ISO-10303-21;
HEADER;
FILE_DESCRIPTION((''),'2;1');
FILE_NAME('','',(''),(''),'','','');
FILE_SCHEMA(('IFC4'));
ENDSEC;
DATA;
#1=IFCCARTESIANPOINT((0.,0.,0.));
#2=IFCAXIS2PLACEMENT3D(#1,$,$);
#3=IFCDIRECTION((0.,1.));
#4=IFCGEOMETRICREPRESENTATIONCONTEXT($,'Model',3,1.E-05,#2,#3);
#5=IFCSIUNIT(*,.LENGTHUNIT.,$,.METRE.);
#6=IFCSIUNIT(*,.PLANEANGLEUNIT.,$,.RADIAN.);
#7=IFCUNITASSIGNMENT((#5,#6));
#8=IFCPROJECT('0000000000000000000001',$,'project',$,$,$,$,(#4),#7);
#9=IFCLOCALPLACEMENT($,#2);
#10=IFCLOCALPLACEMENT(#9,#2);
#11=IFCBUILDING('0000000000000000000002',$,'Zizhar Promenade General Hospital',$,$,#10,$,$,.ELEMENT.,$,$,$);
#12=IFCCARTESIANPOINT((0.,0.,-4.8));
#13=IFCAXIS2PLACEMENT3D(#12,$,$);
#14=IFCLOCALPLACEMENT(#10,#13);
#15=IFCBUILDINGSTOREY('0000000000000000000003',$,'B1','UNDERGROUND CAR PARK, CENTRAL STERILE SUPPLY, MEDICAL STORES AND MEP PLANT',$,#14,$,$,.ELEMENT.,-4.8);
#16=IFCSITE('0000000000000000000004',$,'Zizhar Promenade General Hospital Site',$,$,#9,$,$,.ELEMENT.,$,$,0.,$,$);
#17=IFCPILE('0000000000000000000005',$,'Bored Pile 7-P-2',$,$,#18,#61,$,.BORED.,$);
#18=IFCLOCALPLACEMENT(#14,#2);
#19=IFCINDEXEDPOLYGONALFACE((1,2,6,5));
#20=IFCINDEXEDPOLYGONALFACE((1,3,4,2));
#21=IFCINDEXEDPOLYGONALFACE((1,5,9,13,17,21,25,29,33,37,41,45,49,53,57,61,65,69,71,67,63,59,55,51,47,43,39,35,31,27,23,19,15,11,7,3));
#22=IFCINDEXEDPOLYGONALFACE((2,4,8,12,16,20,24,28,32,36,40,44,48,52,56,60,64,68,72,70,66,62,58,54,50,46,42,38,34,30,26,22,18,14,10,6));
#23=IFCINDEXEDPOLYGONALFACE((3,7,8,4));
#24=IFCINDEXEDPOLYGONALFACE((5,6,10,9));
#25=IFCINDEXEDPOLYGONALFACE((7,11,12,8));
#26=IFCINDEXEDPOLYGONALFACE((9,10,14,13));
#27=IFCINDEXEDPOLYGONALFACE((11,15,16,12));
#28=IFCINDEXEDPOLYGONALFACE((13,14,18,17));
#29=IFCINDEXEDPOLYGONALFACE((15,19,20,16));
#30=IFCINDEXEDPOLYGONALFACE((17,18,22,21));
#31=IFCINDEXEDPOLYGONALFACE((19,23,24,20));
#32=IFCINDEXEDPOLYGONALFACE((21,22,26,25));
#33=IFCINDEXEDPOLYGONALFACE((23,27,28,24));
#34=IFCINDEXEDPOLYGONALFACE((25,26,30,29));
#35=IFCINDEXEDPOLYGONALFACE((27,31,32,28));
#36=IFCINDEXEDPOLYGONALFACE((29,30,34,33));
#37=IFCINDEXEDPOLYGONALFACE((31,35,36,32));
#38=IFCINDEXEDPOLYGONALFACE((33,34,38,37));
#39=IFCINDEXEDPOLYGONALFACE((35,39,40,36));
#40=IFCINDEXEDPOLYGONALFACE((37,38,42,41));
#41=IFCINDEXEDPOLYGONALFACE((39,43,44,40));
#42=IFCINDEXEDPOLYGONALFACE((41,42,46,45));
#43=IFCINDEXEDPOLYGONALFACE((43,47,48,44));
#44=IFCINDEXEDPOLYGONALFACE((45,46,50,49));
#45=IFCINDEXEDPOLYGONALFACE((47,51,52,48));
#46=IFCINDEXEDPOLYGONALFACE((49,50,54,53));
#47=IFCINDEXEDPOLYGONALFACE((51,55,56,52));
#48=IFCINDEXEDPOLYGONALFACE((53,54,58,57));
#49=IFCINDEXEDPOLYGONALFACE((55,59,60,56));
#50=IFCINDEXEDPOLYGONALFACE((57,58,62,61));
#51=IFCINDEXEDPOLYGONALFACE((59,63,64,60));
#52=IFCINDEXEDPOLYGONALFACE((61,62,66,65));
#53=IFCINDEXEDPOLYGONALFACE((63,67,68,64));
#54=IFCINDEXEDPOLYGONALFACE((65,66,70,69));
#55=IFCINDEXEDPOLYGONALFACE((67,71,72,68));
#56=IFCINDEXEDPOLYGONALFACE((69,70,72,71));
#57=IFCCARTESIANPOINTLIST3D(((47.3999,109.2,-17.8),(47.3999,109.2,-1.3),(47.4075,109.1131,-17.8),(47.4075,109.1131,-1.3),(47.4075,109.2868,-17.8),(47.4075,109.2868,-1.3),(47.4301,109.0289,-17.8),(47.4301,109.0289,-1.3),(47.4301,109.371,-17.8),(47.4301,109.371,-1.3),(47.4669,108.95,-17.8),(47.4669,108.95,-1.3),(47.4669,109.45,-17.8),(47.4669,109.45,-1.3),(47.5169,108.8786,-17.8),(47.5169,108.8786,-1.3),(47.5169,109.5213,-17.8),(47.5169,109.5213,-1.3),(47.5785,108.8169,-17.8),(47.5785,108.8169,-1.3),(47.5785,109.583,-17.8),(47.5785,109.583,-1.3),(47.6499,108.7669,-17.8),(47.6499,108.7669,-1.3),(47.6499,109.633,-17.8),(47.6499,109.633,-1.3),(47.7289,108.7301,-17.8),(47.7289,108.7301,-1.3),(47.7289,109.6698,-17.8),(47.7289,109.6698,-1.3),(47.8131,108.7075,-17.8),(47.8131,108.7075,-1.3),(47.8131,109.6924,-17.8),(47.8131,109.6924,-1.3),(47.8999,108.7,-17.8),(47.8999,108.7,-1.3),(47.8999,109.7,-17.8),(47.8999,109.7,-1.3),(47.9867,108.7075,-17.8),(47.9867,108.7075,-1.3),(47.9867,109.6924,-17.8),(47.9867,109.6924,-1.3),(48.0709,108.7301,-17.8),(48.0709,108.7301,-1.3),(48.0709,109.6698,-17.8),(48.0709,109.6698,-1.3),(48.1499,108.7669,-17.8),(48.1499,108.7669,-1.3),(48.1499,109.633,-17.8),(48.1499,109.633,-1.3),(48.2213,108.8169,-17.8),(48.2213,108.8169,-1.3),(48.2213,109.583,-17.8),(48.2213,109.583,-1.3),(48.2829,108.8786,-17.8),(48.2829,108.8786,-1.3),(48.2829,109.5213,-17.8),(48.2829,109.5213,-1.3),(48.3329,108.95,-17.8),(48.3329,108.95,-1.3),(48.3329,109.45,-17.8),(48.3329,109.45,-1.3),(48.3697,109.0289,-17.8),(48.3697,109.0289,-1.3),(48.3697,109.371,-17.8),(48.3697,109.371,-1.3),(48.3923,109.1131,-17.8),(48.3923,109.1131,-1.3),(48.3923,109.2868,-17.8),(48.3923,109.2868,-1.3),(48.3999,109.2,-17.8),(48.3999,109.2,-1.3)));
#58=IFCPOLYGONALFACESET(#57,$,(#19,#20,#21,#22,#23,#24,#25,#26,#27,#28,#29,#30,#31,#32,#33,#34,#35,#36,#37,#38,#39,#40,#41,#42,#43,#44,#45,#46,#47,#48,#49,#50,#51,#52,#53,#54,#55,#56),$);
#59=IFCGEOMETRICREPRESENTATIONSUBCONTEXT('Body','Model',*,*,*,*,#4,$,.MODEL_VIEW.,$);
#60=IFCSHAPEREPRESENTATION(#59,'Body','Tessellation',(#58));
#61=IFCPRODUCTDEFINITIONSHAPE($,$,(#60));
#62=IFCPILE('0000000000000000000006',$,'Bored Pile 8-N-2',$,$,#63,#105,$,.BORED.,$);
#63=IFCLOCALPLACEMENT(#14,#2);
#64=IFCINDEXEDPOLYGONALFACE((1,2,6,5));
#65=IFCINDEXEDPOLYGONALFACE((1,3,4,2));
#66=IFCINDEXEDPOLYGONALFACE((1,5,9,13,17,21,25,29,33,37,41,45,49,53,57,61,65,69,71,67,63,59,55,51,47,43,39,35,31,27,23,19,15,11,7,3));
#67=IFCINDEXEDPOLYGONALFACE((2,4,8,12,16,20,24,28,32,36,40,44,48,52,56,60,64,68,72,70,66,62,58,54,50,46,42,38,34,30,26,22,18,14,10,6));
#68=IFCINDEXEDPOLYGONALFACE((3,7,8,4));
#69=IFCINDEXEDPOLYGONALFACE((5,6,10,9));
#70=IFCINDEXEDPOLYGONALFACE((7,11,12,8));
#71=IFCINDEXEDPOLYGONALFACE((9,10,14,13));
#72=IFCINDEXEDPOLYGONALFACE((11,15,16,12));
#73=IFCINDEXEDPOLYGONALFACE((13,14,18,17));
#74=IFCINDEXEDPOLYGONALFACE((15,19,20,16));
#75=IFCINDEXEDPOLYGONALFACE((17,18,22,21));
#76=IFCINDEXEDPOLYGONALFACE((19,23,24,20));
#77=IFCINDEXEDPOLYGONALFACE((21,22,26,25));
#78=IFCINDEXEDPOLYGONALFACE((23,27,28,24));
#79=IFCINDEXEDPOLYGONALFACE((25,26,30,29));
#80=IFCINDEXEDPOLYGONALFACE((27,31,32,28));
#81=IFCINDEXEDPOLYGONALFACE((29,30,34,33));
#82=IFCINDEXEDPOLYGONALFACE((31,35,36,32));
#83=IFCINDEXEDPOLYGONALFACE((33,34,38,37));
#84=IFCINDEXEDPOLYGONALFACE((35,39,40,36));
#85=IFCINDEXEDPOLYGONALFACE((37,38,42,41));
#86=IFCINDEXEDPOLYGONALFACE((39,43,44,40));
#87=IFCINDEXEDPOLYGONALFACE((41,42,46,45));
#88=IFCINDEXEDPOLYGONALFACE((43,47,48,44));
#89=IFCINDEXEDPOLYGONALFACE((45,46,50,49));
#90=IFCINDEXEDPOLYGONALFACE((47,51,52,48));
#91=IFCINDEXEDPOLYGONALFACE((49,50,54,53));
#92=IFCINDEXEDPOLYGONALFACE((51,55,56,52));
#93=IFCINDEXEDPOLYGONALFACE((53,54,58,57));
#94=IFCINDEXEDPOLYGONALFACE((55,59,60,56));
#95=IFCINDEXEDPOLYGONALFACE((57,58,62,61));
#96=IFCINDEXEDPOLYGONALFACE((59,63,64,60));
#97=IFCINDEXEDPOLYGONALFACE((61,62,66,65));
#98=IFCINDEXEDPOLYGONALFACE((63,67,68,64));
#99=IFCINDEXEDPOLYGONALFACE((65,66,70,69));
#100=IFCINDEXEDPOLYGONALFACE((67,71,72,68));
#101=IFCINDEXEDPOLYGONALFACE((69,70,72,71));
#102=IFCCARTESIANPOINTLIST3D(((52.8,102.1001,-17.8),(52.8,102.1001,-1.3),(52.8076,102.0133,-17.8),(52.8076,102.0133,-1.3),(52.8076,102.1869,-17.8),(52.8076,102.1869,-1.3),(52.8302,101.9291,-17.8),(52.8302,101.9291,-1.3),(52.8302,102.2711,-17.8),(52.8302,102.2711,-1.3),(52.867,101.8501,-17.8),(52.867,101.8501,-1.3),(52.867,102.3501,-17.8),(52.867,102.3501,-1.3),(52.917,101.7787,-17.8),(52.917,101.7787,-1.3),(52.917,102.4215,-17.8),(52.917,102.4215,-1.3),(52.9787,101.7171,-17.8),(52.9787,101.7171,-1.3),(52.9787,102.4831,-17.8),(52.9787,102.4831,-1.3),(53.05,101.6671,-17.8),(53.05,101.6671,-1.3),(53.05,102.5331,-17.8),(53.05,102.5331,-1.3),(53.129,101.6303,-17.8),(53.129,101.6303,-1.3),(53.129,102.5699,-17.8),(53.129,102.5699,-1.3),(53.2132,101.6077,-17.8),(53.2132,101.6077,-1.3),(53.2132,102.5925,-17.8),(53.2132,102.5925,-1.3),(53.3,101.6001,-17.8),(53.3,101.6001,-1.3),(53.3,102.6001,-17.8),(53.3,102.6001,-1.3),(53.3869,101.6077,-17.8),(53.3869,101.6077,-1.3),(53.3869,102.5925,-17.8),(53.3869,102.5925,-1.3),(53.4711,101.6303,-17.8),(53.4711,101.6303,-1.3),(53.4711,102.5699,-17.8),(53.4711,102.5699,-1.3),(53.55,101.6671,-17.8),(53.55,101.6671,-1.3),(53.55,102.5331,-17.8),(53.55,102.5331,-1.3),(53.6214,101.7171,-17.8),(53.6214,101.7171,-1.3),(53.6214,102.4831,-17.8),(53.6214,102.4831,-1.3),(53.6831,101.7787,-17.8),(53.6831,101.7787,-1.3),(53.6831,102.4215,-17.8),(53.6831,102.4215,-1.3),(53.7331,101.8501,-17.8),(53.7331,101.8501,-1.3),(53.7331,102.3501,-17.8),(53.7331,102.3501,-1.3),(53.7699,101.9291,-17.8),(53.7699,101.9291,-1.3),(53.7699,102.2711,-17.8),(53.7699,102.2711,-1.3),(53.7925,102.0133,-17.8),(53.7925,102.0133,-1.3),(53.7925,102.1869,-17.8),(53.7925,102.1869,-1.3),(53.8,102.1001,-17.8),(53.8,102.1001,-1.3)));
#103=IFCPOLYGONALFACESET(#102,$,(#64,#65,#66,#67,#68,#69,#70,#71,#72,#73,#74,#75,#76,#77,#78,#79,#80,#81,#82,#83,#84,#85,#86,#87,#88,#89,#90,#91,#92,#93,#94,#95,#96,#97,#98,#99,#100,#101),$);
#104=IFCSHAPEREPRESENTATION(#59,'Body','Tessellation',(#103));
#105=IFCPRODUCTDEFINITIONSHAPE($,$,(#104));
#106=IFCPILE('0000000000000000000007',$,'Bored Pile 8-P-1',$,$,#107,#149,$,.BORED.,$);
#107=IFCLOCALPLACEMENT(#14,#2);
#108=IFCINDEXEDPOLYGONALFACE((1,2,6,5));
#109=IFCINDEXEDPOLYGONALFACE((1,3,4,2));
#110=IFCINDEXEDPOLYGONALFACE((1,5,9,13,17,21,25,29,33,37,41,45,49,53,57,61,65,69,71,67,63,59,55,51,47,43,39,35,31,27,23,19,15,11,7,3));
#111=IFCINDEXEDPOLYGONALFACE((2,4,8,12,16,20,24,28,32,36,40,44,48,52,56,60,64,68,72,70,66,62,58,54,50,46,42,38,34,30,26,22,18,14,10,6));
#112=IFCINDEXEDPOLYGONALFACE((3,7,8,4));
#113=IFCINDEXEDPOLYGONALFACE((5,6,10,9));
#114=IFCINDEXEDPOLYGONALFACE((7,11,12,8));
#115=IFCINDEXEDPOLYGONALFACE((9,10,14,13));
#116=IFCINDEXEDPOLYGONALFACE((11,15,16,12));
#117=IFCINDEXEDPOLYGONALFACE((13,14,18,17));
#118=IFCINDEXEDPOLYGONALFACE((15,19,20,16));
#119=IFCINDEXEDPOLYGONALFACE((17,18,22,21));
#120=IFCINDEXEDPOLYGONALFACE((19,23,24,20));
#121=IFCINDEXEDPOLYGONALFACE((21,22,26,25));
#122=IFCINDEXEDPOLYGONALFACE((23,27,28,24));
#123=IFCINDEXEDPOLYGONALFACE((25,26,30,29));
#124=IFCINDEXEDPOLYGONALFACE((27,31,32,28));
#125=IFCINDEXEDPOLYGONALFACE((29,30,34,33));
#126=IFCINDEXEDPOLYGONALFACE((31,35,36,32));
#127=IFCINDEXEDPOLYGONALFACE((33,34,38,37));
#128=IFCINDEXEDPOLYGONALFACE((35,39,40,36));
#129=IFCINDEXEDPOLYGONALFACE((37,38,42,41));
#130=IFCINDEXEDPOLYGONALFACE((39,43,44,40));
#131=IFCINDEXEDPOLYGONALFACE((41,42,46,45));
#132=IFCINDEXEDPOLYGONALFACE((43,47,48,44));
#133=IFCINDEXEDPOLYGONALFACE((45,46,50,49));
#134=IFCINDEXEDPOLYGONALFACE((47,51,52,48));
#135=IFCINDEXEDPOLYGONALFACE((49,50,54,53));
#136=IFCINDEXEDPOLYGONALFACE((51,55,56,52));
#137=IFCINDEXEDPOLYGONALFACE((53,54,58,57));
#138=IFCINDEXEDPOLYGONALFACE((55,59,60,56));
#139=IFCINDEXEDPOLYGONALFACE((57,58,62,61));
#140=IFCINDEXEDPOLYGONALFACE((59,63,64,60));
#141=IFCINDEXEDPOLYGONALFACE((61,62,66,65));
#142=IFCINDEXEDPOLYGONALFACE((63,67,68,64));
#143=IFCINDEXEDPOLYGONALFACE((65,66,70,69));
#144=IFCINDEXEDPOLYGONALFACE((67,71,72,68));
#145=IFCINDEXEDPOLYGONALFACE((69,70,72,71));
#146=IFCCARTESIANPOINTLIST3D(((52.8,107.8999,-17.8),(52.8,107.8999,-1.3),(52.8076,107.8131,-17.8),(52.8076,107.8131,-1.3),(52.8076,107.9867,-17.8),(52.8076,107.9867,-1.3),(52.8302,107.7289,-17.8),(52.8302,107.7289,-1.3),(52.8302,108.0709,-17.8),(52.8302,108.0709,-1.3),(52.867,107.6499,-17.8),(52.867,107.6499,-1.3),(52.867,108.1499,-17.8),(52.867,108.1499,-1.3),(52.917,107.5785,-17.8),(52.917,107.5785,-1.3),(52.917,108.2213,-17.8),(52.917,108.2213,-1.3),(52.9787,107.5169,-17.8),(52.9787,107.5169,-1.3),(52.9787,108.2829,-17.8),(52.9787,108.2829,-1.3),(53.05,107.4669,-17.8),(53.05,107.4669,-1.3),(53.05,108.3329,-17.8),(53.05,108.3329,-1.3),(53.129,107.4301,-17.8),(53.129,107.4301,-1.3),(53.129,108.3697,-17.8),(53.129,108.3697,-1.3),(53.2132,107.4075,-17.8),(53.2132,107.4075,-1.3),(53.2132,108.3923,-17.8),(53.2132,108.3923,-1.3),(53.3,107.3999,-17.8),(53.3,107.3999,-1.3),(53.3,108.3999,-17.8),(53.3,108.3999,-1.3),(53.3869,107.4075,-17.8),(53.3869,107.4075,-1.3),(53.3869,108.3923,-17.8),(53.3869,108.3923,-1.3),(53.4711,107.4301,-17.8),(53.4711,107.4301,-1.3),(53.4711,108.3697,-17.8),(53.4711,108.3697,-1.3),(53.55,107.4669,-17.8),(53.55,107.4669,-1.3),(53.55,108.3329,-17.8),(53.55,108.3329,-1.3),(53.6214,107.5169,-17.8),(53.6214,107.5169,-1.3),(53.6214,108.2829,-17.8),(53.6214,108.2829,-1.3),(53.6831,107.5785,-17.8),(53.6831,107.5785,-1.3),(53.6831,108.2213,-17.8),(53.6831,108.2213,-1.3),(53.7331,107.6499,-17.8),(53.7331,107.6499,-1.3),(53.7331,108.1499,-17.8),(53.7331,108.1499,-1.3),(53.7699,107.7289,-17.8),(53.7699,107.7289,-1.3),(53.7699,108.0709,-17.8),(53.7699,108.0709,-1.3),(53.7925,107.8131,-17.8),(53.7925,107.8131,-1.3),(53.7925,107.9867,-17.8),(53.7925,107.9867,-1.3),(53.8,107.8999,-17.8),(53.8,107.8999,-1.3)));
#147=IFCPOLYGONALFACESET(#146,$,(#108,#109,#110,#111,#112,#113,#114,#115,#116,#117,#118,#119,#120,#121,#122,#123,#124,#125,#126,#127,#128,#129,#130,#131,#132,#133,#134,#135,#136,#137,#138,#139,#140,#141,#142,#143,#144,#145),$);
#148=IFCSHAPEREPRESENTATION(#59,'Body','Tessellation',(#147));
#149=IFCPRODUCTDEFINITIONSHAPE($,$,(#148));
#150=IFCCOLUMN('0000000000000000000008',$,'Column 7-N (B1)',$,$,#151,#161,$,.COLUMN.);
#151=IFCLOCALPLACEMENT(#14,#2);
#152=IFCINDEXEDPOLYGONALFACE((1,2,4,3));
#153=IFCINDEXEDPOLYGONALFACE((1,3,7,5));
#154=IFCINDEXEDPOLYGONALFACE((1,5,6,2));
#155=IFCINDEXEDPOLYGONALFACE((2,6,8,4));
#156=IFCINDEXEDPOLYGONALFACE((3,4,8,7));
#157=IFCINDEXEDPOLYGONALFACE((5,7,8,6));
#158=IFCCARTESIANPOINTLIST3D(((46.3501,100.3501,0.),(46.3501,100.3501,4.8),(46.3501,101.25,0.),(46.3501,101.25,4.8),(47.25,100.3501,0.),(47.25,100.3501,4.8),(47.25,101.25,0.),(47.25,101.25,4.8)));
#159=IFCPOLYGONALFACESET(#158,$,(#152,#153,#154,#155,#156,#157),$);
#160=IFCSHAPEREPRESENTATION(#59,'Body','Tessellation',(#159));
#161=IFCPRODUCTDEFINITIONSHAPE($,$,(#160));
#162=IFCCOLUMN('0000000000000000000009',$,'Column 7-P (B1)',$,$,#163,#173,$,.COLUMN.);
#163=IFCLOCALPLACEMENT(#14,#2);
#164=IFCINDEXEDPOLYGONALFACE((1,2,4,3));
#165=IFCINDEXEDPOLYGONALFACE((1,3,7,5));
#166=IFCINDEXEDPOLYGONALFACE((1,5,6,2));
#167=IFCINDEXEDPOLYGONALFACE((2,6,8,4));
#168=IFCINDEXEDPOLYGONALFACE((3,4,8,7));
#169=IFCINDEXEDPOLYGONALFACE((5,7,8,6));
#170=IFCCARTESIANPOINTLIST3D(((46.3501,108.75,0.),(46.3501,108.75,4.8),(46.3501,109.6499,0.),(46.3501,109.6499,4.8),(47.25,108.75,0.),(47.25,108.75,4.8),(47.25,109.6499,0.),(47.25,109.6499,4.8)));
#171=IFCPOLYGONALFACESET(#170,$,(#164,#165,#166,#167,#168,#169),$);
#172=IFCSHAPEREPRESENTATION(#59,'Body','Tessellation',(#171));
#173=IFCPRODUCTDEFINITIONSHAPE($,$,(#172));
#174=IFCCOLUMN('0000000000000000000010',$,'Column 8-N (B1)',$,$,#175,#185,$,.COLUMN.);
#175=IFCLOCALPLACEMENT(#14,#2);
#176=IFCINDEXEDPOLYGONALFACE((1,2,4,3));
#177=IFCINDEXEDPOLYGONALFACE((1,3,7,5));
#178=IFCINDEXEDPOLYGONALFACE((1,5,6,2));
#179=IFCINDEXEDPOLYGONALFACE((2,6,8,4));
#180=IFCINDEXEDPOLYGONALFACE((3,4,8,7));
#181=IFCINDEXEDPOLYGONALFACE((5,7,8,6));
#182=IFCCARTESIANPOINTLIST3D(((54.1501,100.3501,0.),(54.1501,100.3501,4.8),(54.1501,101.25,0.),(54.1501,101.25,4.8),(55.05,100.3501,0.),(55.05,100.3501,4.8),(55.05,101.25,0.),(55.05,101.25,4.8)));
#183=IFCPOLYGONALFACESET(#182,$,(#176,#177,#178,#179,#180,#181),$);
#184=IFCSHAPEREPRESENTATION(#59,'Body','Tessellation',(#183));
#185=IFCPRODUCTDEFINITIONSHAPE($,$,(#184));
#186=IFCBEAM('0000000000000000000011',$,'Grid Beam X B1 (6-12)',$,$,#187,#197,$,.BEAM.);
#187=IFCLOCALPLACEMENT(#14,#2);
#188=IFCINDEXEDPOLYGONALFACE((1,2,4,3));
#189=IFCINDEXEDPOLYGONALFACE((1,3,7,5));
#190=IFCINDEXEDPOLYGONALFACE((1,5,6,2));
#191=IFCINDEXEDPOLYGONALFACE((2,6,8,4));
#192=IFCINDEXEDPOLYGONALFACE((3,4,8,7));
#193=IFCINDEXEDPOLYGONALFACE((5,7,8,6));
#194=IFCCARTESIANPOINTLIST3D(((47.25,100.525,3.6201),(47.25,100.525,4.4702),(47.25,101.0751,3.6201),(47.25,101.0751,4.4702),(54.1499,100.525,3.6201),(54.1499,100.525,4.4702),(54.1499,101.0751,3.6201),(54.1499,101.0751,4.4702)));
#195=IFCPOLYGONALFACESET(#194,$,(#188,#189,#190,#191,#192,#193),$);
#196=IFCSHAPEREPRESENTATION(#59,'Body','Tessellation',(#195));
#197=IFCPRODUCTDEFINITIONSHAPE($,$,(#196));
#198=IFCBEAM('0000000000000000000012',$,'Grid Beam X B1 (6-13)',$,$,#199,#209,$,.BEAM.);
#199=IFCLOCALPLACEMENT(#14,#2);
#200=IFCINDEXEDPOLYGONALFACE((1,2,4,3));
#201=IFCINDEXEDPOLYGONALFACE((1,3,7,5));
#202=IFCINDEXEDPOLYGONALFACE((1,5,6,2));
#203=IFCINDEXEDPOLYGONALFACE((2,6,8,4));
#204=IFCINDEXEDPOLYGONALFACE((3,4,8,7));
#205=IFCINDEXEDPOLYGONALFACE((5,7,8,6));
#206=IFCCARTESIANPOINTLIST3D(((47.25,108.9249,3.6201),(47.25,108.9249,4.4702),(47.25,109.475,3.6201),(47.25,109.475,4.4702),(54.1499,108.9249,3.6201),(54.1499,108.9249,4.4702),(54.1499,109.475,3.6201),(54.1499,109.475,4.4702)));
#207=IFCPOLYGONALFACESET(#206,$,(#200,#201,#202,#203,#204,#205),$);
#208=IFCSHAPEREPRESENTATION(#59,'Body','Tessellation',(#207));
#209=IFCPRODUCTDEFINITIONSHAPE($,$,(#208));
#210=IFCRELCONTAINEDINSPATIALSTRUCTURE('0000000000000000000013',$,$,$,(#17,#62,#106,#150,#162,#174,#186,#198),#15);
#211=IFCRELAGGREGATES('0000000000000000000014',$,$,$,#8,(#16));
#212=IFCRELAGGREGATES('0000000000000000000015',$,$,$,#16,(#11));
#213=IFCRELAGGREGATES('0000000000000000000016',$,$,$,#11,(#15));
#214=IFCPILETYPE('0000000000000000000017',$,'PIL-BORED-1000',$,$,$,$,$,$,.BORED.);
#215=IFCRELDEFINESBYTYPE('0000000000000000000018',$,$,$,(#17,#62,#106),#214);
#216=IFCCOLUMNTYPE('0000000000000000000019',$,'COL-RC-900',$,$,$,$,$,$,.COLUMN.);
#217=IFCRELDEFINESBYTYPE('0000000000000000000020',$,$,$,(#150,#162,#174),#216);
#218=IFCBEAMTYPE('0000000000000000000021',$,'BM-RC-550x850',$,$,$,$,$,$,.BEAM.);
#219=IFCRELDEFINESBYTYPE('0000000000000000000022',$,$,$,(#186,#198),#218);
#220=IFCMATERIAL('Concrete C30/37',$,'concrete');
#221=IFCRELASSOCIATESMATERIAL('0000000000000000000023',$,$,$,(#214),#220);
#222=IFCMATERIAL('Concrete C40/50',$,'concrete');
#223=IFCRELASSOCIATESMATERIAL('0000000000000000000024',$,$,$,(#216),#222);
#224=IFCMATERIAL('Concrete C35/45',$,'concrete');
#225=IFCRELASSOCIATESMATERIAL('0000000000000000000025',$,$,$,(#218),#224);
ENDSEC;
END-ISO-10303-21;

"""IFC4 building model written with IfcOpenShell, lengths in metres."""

from ifc_helpers import new_model, si_unit, direction, frame, origin, origin_2d, place, context, subcontext, project, spatial, rectangle, circle, extrude, material, material_profile, profile_set, type_object, element, save


model = new_model("IFC4")

# Units and contexts
model_context = context("Model", 3, precision=1e-05, world=origin(), true_north=direction((0.0, 1.0)))
body_context = subcontext(model_context, "Body", "Model", "MODEL_VIEW")
ifc_project = project(units=[si_unit("LENGTHUNIT", "METRE"), si_unit("PLANEANGLEUNIT", "RADIAN")], contexts=[model_context])

# Site, building, storey
site_placement = place(None, origin())
site = spatial("IfcSite", under=ifc_project, at=site_placement, Name="Zizhar Promenade General Hospital Site", CompositionType="ELEMENT", RefElevation=0.0)
building_placement = place(site_placement, origin())
building = spatial("IfcBuilding", under=site, at=building_placement, Name="Zizhar Promenade General Hospital", CompositionType="ELEMENT")
storey_placement = place(building_placement, frame((0.0, 0.0, -4.8)))
storey = spatial("IfcBuildingStorey", under=building, at=storey_placement, Name="B1", Description="UNDERGROUND CAR PARK, CENTRAL STERILE SUPPLY, MEDICAL STORES AND MEP PLANT", CompositionType="ELEMENT", Elevation=-4.8)

# Piles
ifc_material_1 = material(Name="Concrete C30/37", Category="concrete")
ifc_material_profile_1 = material_profile(ifc_material_1, circle(Radius=0.5, at=origin_2d()))
ifc_profile_set_1 = profile_set([ifc_material_profile_1], Name="Concrete C30/37")
pile_type = type_object("IfcPileType", Name="PIL-BORED-1000", PredefinedType="BORED", material=ifc_profile_set_1)
for number, where, z_axis, x_axis, name in (
    (1, (47.8999, 109.2, -1.3), (0.0, 0.0, -1.0), (1.0, 0.0, 0.0), "Bored Pile 7-P-2"),
    (2, (53.3, 102.1001, -1.3), (0.0, 0.0, -1.0), (1.0, 0.0, 0.0), "Bored Pile 8-N-2"),
    (3, (53.3, 107.8999, -1.3), (0.0, 0.0, -1.0), (1.0, 0.0, 0.0), "Bored Pile 8-P-1"),
):
    element("IfcPile", number, at=place(storey_placement, frame(where, z_axis=z_axis, x_axis=x_axis)), inside=storey, type_object=pile_type, Name=name, PredefinedType="BORED", context=body_context, shape_type="SweptSolid", body=[
        extrude(circle(Radius=0.5, at=origin_2d()), origin(), (0.0, 0.0, 1.0), 16.5),
    ])

# Columns
ifc_material_2 = material(Name="Concrete C40/50", Category="concrete")
ifc_material_profile_2 = material_profile(ifc_material_2, rectangle(XDim=0.8999, YDim=0.8999, at=origin_2d()))
ifc_profile_set_2 = profile_set([ifc_material_profile_2], Name="Concrete C40/50")
column_type = type_object("IfcColumnType", Name="COL-RC-900", PredefinedType="COLUMN", material=ifc_profile_set_2)
for number, where, z_axis, x_axis, name in (
    (4, (46.8, 100.8, 0.0), (0.0, 0.0, 1.0), (1.0, 0.0, 0.0), "Column 7-N (B1)"),
    (5, (46.8, 109.2, 0.0), (0.0, 0.0, 1.0), (1.0, 0.0, 0.0), "Column 7-P (B1)"),
    (6, (54.6001, 100.8, 0.0), (0.0, 0.0, 1.0), (1.0, 0.0, 0.0), "Column 8-N (B1)"),
):
    element("IfcColumn", number, at=place(storey_placement, frame(where, z_axis=z_axis, x_axis=x_axis)), inside=storey, type_object=column_type, Name=name, PredefinedType="COLUMN", context=body_context, shape_type="SweptSolid", body=[
        extrude(rectangle(XDim=0.8999, YDim=0.8999, at=origin_2d()), origin(), (0.0, 0.0, 1.0), 4.8),
    ])

# Beams
ifc_material_3 = material(Name="Concrete C35/45", Category="concrete")
ifc_material_profile_3 = material_profile(ifc_material_3, rectangle(XDim=0.55, YDim=0.8501, at=origin_2d()))
ifc_profile_set_3 = profile_set([ifc_material_profile_3], Name="Concrete C35/45")
beam_type_1 = type_object("IfcBeamType", Name="BM-RC-550x850", PredefinedType="BEAM", material=ifc_profile_set_3)
for number, where, z_axis, x_axis, name in (
    (7, (47.25, 100.8, 4.0452), (1.0, 0.0, 0.0), (0.0, 1.0, 0.0), "Grid Beam X B1 (6-12)"),
    (8, (47.25, 109.2, 4.0452), (1.0, 0.0, 0.0), (0.0, 1.0, 0.0), "Grid Beam X B1 (6-13)"),
):
    element("IfcBeam", number, at=place(storey_placement, frame(where, z_axis=z_axis, x_axis=x_axis)), inside=storey, type_object=beam_type_1, Name=name, PredefinedType="BEAM", context=body_context, shape_type="SweptSolid", body=[
        extrude(rectangle(XDim=0.55, YDim=0.8501, at=origin_2d()), origin(), (0.0, 0.0, 1.0), 6.8999),
    ])

save(model, "model.ifc")
